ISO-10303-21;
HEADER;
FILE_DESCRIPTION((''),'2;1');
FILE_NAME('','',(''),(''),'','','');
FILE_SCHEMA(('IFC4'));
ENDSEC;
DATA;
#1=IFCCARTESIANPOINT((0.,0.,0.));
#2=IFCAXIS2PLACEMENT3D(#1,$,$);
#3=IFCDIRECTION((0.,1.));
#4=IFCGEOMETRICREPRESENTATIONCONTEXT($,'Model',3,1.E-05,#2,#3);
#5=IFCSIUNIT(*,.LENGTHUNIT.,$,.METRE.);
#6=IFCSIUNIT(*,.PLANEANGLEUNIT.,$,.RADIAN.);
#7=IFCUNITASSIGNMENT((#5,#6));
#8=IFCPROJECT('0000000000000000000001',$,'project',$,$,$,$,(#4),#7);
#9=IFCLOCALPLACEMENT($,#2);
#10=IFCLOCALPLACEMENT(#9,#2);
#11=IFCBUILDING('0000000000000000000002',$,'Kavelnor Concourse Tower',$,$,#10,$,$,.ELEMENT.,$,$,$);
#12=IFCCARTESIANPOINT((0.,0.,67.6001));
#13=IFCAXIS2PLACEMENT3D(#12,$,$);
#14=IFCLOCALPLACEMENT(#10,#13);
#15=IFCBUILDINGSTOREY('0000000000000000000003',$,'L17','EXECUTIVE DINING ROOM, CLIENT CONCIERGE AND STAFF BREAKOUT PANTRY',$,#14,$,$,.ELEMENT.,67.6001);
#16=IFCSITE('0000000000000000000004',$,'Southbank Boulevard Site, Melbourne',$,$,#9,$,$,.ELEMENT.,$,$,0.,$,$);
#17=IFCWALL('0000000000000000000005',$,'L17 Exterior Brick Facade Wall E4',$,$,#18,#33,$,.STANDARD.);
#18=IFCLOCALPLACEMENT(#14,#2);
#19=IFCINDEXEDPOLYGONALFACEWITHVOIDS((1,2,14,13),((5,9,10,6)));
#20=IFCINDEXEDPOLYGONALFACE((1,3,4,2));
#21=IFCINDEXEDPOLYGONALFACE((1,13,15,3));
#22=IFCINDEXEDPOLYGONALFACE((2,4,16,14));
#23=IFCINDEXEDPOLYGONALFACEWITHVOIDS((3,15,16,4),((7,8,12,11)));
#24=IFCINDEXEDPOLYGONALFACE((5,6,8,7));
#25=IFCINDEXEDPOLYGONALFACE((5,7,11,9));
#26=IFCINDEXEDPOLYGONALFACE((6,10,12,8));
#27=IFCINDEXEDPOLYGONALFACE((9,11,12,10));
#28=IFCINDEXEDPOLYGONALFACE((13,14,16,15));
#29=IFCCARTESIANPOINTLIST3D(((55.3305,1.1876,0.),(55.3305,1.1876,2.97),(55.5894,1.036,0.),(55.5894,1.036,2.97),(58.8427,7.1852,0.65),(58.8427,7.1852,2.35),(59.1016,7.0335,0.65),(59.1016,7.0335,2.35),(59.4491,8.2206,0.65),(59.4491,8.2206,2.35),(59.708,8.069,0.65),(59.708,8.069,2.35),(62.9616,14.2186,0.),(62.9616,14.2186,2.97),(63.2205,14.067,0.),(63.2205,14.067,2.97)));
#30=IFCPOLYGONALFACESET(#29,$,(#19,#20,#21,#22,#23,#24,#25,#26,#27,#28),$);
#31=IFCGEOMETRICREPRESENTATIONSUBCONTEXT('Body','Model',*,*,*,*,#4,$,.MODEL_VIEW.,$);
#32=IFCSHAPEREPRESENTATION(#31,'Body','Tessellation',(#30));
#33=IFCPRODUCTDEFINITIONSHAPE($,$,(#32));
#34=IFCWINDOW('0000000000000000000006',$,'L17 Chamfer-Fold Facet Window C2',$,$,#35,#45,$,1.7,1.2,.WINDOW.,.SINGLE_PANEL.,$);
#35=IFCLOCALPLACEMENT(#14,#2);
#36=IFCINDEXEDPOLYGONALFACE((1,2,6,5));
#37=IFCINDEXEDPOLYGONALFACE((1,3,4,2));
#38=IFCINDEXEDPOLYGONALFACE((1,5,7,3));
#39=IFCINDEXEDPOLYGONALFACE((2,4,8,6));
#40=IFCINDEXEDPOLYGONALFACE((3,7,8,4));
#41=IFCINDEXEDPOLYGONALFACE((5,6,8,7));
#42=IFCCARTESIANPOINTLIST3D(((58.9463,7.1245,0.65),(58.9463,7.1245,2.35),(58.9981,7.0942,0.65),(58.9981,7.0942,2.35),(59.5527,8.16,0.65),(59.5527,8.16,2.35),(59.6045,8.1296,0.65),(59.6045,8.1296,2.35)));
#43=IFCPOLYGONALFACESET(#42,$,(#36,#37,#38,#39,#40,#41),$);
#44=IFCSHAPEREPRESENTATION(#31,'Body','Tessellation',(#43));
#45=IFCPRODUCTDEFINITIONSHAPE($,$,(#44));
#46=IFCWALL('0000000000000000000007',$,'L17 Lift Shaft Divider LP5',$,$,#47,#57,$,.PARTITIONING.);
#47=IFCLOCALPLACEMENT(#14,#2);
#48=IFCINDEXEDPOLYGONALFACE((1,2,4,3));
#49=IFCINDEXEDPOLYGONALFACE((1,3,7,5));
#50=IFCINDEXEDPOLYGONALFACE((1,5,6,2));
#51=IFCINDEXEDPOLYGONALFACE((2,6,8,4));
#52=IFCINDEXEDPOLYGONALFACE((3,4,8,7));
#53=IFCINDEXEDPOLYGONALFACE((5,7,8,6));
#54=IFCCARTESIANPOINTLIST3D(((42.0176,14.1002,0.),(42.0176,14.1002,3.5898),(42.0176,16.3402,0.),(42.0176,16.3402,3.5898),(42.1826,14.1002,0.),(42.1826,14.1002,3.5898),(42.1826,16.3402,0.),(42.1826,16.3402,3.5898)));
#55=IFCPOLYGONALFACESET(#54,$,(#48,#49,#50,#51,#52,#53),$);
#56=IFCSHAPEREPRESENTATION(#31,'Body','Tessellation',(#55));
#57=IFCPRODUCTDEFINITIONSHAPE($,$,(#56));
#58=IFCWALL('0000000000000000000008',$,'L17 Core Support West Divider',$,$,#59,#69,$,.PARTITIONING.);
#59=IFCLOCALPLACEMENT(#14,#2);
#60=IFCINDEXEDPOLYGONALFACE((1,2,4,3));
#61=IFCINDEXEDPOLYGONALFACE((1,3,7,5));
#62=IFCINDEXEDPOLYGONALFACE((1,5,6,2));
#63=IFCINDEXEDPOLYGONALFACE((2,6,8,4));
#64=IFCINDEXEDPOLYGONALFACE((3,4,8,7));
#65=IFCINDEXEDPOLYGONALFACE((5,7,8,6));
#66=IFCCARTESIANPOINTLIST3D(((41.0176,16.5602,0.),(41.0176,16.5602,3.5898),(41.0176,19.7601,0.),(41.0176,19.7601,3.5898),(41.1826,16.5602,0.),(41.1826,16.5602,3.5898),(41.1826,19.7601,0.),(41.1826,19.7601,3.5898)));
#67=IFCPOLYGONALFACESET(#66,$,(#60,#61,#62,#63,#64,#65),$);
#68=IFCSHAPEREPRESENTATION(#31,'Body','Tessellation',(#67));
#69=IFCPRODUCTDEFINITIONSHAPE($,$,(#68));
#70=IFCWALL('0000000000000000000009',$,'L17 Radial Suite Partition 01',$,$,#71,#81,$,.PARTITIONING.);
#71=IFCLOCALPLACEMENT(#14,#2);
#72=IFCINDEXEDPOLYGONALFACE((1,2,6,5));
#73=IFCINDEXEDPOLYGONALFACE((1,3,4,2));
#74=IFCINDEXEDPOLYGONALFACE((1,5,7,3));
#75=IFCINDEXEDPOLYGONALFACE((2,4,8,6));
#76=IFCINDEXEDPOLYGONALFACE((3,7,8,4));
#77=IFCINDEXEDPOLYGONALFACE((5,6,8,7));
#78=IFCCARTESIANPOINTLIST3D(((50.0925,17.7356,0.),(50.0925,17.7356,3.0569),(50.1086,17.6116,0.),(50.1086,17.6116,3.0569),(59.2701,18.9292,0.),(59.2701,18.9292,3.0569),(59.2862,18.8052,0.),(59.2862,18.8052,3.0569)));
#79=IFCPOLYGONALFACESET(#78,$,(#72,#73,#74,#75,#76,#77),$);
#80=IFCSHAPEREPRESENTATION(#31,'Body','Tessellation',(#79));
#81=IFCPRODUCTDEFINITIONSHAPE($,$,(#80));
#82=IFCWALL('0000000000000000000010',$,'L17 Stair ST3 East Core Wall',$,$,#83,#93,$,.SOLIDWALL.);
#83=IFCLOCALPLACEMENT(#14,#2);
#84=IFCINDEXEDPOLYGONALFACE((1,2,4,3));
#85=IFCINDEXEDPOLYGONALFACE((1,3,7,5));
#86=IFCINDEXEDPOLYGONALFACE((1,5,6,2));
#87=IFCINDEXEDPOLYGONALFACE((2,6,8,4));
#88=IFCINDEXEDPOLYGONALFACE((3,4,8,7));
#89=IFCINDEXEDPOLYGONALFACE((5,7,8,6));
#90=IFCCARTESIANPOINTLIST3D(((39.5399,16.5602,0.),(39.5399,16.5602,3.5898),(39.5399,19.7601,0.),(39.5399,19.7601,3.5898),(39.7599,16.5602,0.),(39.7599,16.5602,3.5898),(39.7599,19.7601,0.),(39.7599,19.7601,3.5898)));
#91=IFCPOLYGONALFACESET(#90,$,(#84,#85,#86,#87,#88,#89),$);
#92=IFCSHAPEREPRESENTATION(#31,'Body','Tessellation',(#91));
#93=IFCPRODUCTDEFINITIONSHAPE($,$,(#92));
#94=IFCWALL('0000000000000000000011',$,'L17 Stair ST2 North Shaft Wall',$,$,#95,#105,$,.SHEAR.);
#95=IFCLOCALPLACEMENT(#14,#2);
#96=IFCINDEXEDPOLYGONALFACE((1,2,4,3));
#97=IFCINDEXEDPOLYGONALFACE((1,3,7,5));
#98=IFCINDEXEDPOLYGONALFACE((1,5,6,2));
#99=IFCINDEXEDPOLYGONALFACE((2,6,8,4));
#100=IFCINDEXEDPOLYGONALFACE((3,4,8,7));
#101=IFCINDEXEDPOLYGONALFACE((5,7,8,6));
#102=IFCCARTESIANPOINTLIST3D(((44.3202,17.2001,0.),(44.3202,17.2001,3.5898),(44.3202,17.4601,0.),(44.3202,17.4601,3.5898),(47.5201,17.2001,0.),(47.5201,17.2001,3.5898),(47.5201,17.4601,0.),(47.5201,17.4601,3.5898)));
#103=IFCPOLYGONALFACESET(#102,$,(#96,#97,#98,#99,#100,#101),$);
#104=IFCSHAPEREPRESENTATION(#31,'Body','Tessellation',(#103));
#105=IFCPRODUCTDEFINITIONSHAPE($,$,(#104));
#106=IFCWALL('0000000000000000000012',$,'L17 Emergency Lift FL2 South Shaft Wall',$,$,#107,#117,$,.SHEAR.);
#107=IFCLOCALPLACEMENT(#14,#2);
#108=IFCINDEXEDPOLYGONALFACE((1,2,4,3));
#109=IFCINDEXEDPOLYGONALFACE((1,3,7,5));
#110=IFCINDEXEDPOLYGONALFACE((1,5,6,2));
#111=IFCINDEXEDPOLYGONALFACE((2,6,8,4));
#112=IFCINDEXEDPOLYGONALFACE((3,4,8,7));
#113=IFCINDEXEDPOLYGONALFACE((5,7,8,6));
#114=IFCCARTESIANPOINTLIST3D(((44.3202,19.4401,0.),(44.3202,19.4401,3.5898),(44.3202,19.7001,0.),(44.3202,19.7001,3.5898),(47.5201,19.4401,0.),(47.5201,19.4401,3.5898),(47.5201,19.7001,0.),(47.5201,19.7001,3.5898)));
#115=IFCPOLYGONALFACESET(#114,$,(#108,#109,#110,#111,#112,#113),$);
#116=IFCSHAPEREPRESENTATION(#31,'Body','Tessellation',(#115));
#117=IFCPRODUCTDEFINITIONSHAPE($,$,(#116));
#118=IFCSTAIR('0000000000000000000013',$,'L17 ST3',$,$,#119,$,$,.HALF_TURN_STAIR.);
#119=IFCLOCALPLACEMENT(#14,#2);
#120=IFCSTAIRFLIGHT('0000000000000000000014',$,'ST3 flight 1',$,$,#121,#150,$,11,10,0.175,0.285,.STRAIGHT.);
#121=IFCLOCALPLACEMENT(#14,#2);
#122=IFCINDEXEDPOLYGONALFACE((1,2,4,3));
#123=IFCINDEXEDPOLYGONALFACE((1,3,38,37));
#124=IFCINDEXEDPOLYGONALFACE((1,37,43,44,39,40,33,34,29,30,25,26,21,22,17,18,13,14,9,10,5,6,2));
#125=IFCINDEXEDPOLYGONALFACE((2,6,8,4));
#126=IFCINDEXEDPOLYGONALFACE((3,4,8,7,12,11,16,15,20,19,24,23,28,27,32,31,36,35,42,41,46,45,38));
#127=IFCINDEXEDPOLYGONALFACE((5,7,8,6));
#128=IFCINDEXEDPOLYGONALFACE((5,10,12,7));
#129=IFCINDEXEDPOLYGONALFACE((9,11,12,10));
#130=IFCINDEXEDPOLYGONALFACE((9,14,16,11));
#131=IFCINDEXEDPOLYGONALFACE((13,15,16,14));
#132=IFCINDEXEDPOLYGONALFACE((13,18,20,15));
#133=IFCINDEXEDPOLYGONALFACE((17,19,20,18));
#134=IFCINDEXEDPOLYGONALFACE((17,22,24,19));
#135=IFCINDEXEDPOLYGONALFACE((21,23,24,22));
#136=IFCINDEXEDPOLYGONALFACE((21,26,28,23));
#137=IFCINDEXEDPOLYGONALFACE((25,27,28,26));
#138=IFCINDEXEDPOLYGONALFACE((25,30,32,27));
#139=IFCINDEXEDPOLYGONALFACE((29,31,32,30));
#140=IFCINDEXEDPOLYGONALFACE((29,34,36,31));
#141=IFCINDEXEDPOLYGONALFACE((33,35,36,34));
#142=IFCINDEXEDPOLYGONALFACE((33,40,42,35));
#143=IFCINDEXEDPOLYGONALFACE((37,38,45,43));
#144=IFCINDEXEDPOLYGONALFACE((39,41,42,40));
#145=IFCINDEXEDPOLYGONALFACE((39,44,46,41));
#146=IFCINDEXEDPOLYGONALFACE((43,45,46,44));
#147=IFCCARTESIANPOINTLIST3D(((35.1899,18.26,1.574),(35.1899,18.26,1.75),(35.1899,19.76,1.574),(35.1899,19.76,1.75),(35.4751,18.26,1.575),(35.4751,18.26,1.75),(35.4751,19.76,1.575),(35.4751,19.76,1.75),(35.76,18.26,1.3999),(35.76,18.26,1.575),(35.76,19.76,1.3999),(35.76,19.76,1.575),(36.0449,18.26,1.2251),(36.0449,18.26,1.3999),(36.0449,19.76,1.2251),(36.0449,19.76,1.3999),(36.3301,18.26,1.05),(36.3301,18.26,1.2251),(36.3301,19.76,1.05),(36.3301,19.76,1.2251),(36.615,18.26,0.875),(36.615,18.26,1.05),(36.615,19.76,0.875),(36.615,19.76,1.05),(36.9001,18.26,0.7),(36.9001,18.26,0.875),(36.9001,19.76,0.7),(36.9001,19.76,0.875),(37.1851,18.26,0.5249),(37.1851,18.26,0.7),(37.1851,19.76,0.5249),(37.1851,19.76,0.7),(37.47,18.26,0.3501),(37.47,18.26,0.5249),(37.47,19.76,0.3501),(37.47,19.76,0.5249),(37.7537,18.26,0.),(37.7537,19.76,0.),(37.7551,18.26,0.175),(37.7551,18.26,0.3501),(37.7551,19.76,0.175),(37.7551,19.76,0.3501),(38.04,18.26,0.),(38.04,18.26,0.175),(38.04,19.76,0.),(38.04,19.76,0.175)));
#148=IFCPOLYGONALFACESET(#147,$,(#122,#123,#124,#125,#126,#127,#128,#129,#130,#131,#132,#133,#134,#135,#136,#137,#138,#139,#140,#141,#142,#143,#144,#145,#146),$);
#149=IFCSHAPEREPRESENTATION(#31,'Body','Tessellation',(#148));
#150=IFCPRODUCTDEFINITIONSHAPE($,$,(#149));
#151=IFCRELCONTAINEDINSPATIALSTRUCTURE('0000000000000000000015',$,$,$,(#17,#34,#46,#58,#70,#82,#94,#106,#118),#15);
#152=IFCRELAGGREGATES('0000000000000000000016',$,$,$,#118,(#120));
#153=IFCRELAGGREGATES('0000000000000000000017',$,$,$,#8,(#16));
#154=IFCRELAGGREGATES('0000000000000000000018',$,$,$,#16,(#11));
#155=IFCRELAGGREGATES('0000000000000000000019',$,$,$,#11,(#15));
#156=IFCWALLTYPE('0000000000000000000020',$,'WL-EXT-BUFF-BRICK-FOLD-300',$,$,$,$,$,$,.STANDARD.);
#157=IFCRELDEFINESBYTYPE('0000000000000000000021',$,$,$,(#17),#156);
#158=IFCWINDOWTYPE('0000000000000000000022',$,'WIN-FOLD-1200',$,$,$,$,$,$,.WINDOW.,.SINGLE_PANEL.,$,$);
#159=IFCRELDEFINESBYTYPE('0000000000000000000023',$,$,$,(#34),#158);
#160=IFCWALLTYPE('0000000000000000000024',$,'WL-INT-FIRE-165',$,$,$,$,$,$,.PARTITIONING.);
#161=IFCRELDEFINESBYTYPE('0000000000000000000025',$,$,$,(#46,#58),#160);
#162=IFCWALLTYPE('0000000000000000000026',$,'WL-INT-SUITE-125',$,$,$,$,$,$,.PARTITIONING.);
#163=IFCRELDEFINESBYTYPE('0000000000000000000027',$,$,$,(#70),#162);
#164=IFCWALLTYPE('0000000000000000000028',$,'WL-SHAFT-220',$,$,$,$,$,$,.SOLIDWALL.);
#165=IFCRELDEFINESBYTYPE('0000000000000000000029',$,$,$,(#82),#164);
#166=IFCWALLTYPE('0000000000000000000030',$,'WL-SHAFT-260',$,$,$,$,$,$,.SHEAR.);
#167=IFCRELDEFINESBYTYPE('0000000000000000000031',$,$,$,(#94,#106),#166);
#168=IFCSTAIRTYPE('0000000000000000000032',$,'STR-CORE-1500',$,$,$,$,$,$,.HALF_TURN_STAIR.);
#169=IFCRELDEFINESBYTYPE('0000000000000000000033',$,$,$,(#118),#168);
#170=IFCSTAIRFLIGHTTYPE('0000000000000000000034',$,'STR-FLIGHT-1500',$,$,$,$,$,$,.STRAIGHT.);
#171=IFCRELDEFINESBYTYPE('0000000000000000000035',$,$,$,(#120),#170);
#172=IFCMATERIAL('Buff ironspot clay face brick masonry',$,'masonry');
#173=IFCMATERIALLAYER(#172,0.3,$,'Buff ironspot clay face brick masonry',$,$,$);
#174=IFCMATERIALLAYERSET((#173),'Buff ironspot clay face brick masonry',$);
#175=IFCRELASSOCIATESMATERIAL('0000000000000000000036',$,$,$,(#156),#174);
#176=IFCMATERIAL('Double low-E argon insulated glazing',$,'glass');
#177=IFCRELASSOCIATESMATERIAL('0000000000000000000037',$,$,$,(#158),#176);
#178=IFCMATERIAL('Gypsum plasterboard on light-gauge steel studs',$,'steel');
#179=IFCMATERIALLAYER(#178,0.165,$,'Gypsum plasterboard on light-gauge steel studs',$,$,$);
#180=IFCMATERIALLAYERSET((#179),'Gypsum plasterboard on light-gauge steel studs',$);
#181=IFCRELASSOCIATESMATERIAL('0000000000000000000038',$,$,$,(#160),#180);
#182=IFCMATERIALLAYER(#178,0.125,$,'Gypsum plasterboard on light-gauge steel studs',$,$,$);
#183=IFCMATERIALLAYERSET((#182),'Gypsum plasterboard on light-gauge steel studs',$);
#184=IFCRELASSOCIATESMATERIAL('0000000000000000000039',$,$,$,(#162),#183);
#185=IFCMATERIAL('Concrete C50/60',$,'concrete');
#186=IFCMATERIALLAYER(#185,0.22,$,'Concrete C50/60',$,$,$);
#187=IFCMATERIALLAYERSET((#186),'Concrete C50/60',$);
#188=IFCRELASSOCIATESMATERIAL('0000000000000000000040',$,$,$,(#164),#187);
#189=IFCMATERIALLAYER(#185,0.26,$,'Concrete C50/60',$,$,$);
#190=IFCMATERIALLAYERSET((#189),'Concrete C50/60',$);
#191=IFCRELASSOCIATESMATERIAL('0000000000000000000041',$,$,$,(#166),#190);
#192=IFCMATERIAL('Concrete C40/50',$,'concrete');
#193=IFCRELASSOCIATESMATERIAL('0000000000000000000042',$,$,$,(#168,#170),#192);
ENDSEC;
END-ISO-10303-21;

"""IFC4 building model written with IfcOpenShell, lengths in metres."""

from ifc_helpers import new_model, si_unit, direction, frame, frame_2d, origin, place, context, subcontext, project, spatial, polyline, rectangle, outline, extrude, material, layer, layer_set, type_object, element, fill, aggregate, save


model = new_model("IFC4")

# Units and contexts
model_context = context("Model", 3, precision=1e-05, world=origin(), true_north=direction((0.0, 1.0)))
body_context = subcontext(model_context, "Body", "Model", "MODEL_VIEW")
ifc_project = project(units=[si_unit("LENGTHUNIT", "METRE"), si_unit("PLANEANGLEUNIT", "RADIAN")], contexts=[model_context])

# Site, building, storey
site_placement = place(None, origin())
site = spatial("IfcSite", under=ifc_project, at=site_placement, Name="Southbank Boulevard Site, Melbourne", CompositionType="ELEMENT", RefElevation=0.0)
building_placement = place(site_placement, origin())
building = spatial("IfcBuilding", under=site, at=building_placement, Name="Kavelnor Concourse Tower", CompositionType="ELEMENT")
storey_placement = place(building_placement, frame((0.0, 0.0, 67.6001)))
storey = spatial("IfcBuildingStorey", under=building, at=storey_placement, Name="L17", Description="EXECUTIVE DINING ROOM, CLIENT CONCIERGE AND STAFF BREAKOUT PANTRY", CompositionType="ELEMENT", Elevation=67.6001)

# Wall, opening, window
ifc_material_1 = material(Name="Buff ironspot clay face brick masonry", Category="masonry")
ifc_layer_1 = layer(ifc_material_1, 0.3, Name="Buff ironspot clay face brick masonry")
ifc_layer_set_1 = layer_set([ifc_layer_1], Name="Buff ironspot clay face brick masonry")
wall_type_1 = type_object("IfcWallType", Name="WL-EXT-BUFF-BRICK-FOLD-300", PredefinedType="STANDARD", material=ifc_layer_set_1)
wall_1_placement = place(storey_placement, frame((63.0911, 14.1428, 0.0), z_axis=(0.0, 0.0, 1.0), x_axis=(-0.505337, -0.862922, 0.0)))
wall_1 = element("IfcWall", 1, at=wall_1_placement, inside=storey, type_object=wall_type_1, Name="L17 Exterior Brick Facade Wall E4", PredefinedType="STANDARD", context=body_context, shape_type="SweptSolid", body=[
    extrude(rectangle(XDim=15.1011, YDim=0.3, at=frame_2d((7.5505, 0.0))), origin(), (0.0, 0.0, 1.0), 2.97),
])
opening_placement = place(wall_1_placement, frame((6.9507, 0.0, 0.6499)))
opening = element("IfcOpeningElement", 2, at=opening_placement, cuts=wall_1, PredefinedType="OPENING", context=body_context, shape_type="SweptSolid", body=[
    extrude(rectangle(XDim=1.2, YDim=1.7, at=frame_2d((0.6001, 0.8501))), frame((0.0, 0.1602, 0.0), z_axis=(0.0, -1.0, 0.0), x_axis=(1.0, 0.0, 0.0)), (0.0, 0.0, 1.0), 0.3201),
])
ifc_material_2 = material(Name="Double low-E argon insulated glazing", Category="glass")
window_type = type_object("IfcWindowType", Name="WIN-FOLD-1200", PartitioningType="SINGLE_PANEL", PredefinedType="WINDOW", material=ifc_material_2)
window_placement = place(opening_placement, origin())
window = element("IfcWindow", 3, at=window_placement, inside=storey, type_object=window_type, Name="L17 Chamfer-Fold Facet Window C2", OverallHeight=1.7, OverallWidth=1.2, PartitioningType="SINGLE_PANEL", PredefinedType="WINDOW", context=body_context, shape_type="SweptSolid", body=[
    extrude(rectangle(XDim=1.2, YDim=1.7, at=frame_2d((0.6001, 0.8501))), frame((0.0, 0.03, 0.0), z_axis=(0.0, -1.0, 0.0), x_axis=(1.0, 0.0, 0.0)), (0.0, 0.0, 1.0), 0.0601),
])
fill(opening, window)

# Walls
ifc_material_3 = material(Name="Gypsum plasterboard on light-gauge steel studs", Category="steel")
ifc_layer_2 = layer(ifc_material_3, 0.165, Name="Gypsum plasterboard on light-gauge steel studs")
ifc_layer_set_2 = layer_set([ifc_layer_2], Name="Gypsum plasterboard on light-gauge steel studs")
wall_type_2 = type_object("IfcWallType", Name="WL-INT-FIRE-165", PredefinedType="PARTITIONING", material=ifc_layer_set_2)
wall_2_placement = place(storey_placement, frame((42.1001, 14.1001, 0.0), z_axis=(0.0, 0.0, 1.0), x_axis=(0.0, 1.0, 0.0)))
element("IfcWall", 4, at=wall_2_placement, inside=storey, type_object=wall_type_2, Name="L17 Lift Shaft Divider LP5", PredefinedType="PARTITIONING", context=body_context, shape_type="SweptSolid", body=[
    extrude(rectangle(XDim=2.24, YDim=0.165, at=frame_2d((1.1201, 0.0))), origin(), (0.0, 0.0, 1.0), 3.5898),
])
wall_3_placement = place(storey_placement, frame((41.1001, 16.5601, 0.0), z_axis=(0.0, 0.0, 1.0), x_axis=(0.0, 1.0, 0.0)))
element("IfcWall", 5, at=wall_3_placement, inside=storey, type_object=wall_type_2, Name="L17 Core Support West Divider", PredefinedType="PARTITIONING", context=body_context, shape_type="SweptSolid", body=[
    extrude(rectangle(XDim=3.2, YDim=0.165, at=frame_2d((1.6001, 0.0))), origin(), (0.0, 0.0, 1.0), 3.5898),
])
ifc_layer_3 = layer(ifc_material_3, 0.125, Name="Gypsum plasterboard on light-gauge steel studs")
ifc_layer_set_3 = layer_set([ifc_layer_3], Name="Gypsum plasterboard on light-gauge steel studs")
wall_type_3 = type_object("IfcWallType", Name="WL-INT-SUITE-125", PredefinedType="PARTITIONING", material=ifc_layer_set_3)
wall_4_placement = place(storey_placement, frame((50.1006, 17.6736, 0.0), z_axis=(0.0, 0.0, 1.0), x_axis=(0.991648, 0.128972, 0.0)))
element("IfcWall", 6, at=wall_4_placement, inside=storey, type_object=wall_type_3, Name="L17 Radial Suite Partition 01", PredefinedType="PARTITIONING", context=body_context, shape_type="SweptSolid", body=[
    extrude(rectangle(XDim=9.2549, YDim=0.125, at=frame_2d((4.6274, 0.0))), origin(), (0.0, 0.0, 1.0), 3.0569),
])
ifc_material_4 = material(Name="Concrete C50/60", Category="concrete")
ifc_layer_4 = layer(ifc_material_4, 0.22, Name="Concrete C50/60")
ifc_layer_set_4 = layer_set([ifc_layer_4], Name="Concrete C50/60")
wall_type_4 = type_object("IfcWallType", Name="WL-SHAFT-220", PredefinedType="SOLIDWALL", material=ifc_layer_set_4)
wall_5_placement = place(storey_placement, frame((39.6499, 16.5601, 0.0), z_axis=(0.0, 0.0, 1.0), x_axis=(0.0, 1.0, 0.0)))
element("IfcWall", 7, at=wall_5_placement, inside=storey, type_object=wall_type_4, Name="L17 Stair ST3 East Core Wall", PredefinedType="SOLIDWALL", context=body_context, shape_type="SweptSolid", body=[
    extrude(rectangle(XDim=3.2, YDim=0.22, at=frame_2d((1.6001, 0.0))), origin(), (0.0, 0.0, 1.0), 3.5898),
])
ifc_layer_5 = layer(ifc_material_4, 0.26, Name="Concrete C50/60")
ifc_layer_set_5 = layer_set([ifc_layer_5], Name="Concrete C50/60")
wall_type_5 = type_object("IfcWallType", Name="WL-SHAFT-260", PredefinedType="SHEAR", material=ifc_layer_set_5)
for number, where, z_axis, x_axis, name in (
    (8, (44.3201, 17.3301, 0.0), (0.0, 0.0, 1.0), (1.0, 0.0, 0.0), "L17 Stair ST2 North Shaft Wall"),
    (9, (44.3201, 19.5701, 0.0), (0.0, 0.0, 1.0), (1.0, 0.0, 0.0), "L17 Emergency Lift FL2 South Shaft Wall"),
):
    element("IfcWall", number, at=place(storey_placement, frame(where, z_axis=z_axis, x_axis=x_axis)), inside=storey, type_object=wall_type_5, Name=name, PredefinedType="SHEAR", context=body_context, shape_type="SweptSolid", body=[
        extrude(rectangle(XDim=3.2, YDim=0.26, at=frame_2d((1.6001, 0.0))), origin(), (0.0, 0.0, 1.0), 3.5898),
    ])

# Stair, stair flight
ifc_material_5 = material(Name="Concrete C40/50", Category="concrete")
stair_type = type_object("IfcStairType", Name="STR-CORE-1500", PredefinedType="HALF_TURN_STAIR", material=ifc_material_5)
stair_placement = place(storey_placement, origin())
stair = element("IfcStair", 10, at=stair_placement, inside=storey, type_object=stair_type, Name="L17 ST3", PredefinedType="HALF_TURN_STAIR")
stair_flight_type = type_object("IfcStairFlightType", Name="STR-FLIGHT-1500", PredefinedType="STRAIGHT", material=ifc_material_5)
stair_flight_1_placement = place(storey_placement, frame((38.04, 19.01, 0.0), z_axis=(0.0, 0.0, 1.0), x_axis=(-1.0, 0.0, 0.0)))
stair_flight_1 = element("IfcStairFlight", 11, at=stair_flight_1_placement, type_object=stair_flight_type, Name="ST3 flight 1", NumberOfRisers=11, NumberOfTreads=10, PredefinedType="STRAIGHT", RiserHeight=0.175, TreadLength=0.285, context=body_context, shape_type="SweptSolid", body=[
    extrude(outline(polyline([(0.0, 0.0), (0.0, 0.175), (0.2849, 0.175), (0.2849, 0.3501), (0.5701, 0.3501), (0.5701, 0.5249), (0.855, 0.5249), (0.855, 0.7), (1.1399, 0.7), (1.1399, 0.875), (1.425, 0.875), (1.425, 1.05), (1.71, 1.05), (1.71, 1.2251), (1.9951, 1.2251), (1.9951, 1.3999), (2.28, 1.3999), (2.28, 1.575), (2.5649, 1.575), (2.5649, 1.75), (2.8501, 1.75), (2.8501, 1.925), (2.8501, 1.574), (0.2864, 0.0), (0.0, 0.0)])), frame((0.0, 0.75, 0.0), z_axis=(0.0, -1.0, 0.0), x_axis=(1.0, 0.0, 0.0)), (0.0, 0.0, 1.0), 1.5),
])
aggregate(stair, [stair_flight_1])

save(model, "model.ifc")
